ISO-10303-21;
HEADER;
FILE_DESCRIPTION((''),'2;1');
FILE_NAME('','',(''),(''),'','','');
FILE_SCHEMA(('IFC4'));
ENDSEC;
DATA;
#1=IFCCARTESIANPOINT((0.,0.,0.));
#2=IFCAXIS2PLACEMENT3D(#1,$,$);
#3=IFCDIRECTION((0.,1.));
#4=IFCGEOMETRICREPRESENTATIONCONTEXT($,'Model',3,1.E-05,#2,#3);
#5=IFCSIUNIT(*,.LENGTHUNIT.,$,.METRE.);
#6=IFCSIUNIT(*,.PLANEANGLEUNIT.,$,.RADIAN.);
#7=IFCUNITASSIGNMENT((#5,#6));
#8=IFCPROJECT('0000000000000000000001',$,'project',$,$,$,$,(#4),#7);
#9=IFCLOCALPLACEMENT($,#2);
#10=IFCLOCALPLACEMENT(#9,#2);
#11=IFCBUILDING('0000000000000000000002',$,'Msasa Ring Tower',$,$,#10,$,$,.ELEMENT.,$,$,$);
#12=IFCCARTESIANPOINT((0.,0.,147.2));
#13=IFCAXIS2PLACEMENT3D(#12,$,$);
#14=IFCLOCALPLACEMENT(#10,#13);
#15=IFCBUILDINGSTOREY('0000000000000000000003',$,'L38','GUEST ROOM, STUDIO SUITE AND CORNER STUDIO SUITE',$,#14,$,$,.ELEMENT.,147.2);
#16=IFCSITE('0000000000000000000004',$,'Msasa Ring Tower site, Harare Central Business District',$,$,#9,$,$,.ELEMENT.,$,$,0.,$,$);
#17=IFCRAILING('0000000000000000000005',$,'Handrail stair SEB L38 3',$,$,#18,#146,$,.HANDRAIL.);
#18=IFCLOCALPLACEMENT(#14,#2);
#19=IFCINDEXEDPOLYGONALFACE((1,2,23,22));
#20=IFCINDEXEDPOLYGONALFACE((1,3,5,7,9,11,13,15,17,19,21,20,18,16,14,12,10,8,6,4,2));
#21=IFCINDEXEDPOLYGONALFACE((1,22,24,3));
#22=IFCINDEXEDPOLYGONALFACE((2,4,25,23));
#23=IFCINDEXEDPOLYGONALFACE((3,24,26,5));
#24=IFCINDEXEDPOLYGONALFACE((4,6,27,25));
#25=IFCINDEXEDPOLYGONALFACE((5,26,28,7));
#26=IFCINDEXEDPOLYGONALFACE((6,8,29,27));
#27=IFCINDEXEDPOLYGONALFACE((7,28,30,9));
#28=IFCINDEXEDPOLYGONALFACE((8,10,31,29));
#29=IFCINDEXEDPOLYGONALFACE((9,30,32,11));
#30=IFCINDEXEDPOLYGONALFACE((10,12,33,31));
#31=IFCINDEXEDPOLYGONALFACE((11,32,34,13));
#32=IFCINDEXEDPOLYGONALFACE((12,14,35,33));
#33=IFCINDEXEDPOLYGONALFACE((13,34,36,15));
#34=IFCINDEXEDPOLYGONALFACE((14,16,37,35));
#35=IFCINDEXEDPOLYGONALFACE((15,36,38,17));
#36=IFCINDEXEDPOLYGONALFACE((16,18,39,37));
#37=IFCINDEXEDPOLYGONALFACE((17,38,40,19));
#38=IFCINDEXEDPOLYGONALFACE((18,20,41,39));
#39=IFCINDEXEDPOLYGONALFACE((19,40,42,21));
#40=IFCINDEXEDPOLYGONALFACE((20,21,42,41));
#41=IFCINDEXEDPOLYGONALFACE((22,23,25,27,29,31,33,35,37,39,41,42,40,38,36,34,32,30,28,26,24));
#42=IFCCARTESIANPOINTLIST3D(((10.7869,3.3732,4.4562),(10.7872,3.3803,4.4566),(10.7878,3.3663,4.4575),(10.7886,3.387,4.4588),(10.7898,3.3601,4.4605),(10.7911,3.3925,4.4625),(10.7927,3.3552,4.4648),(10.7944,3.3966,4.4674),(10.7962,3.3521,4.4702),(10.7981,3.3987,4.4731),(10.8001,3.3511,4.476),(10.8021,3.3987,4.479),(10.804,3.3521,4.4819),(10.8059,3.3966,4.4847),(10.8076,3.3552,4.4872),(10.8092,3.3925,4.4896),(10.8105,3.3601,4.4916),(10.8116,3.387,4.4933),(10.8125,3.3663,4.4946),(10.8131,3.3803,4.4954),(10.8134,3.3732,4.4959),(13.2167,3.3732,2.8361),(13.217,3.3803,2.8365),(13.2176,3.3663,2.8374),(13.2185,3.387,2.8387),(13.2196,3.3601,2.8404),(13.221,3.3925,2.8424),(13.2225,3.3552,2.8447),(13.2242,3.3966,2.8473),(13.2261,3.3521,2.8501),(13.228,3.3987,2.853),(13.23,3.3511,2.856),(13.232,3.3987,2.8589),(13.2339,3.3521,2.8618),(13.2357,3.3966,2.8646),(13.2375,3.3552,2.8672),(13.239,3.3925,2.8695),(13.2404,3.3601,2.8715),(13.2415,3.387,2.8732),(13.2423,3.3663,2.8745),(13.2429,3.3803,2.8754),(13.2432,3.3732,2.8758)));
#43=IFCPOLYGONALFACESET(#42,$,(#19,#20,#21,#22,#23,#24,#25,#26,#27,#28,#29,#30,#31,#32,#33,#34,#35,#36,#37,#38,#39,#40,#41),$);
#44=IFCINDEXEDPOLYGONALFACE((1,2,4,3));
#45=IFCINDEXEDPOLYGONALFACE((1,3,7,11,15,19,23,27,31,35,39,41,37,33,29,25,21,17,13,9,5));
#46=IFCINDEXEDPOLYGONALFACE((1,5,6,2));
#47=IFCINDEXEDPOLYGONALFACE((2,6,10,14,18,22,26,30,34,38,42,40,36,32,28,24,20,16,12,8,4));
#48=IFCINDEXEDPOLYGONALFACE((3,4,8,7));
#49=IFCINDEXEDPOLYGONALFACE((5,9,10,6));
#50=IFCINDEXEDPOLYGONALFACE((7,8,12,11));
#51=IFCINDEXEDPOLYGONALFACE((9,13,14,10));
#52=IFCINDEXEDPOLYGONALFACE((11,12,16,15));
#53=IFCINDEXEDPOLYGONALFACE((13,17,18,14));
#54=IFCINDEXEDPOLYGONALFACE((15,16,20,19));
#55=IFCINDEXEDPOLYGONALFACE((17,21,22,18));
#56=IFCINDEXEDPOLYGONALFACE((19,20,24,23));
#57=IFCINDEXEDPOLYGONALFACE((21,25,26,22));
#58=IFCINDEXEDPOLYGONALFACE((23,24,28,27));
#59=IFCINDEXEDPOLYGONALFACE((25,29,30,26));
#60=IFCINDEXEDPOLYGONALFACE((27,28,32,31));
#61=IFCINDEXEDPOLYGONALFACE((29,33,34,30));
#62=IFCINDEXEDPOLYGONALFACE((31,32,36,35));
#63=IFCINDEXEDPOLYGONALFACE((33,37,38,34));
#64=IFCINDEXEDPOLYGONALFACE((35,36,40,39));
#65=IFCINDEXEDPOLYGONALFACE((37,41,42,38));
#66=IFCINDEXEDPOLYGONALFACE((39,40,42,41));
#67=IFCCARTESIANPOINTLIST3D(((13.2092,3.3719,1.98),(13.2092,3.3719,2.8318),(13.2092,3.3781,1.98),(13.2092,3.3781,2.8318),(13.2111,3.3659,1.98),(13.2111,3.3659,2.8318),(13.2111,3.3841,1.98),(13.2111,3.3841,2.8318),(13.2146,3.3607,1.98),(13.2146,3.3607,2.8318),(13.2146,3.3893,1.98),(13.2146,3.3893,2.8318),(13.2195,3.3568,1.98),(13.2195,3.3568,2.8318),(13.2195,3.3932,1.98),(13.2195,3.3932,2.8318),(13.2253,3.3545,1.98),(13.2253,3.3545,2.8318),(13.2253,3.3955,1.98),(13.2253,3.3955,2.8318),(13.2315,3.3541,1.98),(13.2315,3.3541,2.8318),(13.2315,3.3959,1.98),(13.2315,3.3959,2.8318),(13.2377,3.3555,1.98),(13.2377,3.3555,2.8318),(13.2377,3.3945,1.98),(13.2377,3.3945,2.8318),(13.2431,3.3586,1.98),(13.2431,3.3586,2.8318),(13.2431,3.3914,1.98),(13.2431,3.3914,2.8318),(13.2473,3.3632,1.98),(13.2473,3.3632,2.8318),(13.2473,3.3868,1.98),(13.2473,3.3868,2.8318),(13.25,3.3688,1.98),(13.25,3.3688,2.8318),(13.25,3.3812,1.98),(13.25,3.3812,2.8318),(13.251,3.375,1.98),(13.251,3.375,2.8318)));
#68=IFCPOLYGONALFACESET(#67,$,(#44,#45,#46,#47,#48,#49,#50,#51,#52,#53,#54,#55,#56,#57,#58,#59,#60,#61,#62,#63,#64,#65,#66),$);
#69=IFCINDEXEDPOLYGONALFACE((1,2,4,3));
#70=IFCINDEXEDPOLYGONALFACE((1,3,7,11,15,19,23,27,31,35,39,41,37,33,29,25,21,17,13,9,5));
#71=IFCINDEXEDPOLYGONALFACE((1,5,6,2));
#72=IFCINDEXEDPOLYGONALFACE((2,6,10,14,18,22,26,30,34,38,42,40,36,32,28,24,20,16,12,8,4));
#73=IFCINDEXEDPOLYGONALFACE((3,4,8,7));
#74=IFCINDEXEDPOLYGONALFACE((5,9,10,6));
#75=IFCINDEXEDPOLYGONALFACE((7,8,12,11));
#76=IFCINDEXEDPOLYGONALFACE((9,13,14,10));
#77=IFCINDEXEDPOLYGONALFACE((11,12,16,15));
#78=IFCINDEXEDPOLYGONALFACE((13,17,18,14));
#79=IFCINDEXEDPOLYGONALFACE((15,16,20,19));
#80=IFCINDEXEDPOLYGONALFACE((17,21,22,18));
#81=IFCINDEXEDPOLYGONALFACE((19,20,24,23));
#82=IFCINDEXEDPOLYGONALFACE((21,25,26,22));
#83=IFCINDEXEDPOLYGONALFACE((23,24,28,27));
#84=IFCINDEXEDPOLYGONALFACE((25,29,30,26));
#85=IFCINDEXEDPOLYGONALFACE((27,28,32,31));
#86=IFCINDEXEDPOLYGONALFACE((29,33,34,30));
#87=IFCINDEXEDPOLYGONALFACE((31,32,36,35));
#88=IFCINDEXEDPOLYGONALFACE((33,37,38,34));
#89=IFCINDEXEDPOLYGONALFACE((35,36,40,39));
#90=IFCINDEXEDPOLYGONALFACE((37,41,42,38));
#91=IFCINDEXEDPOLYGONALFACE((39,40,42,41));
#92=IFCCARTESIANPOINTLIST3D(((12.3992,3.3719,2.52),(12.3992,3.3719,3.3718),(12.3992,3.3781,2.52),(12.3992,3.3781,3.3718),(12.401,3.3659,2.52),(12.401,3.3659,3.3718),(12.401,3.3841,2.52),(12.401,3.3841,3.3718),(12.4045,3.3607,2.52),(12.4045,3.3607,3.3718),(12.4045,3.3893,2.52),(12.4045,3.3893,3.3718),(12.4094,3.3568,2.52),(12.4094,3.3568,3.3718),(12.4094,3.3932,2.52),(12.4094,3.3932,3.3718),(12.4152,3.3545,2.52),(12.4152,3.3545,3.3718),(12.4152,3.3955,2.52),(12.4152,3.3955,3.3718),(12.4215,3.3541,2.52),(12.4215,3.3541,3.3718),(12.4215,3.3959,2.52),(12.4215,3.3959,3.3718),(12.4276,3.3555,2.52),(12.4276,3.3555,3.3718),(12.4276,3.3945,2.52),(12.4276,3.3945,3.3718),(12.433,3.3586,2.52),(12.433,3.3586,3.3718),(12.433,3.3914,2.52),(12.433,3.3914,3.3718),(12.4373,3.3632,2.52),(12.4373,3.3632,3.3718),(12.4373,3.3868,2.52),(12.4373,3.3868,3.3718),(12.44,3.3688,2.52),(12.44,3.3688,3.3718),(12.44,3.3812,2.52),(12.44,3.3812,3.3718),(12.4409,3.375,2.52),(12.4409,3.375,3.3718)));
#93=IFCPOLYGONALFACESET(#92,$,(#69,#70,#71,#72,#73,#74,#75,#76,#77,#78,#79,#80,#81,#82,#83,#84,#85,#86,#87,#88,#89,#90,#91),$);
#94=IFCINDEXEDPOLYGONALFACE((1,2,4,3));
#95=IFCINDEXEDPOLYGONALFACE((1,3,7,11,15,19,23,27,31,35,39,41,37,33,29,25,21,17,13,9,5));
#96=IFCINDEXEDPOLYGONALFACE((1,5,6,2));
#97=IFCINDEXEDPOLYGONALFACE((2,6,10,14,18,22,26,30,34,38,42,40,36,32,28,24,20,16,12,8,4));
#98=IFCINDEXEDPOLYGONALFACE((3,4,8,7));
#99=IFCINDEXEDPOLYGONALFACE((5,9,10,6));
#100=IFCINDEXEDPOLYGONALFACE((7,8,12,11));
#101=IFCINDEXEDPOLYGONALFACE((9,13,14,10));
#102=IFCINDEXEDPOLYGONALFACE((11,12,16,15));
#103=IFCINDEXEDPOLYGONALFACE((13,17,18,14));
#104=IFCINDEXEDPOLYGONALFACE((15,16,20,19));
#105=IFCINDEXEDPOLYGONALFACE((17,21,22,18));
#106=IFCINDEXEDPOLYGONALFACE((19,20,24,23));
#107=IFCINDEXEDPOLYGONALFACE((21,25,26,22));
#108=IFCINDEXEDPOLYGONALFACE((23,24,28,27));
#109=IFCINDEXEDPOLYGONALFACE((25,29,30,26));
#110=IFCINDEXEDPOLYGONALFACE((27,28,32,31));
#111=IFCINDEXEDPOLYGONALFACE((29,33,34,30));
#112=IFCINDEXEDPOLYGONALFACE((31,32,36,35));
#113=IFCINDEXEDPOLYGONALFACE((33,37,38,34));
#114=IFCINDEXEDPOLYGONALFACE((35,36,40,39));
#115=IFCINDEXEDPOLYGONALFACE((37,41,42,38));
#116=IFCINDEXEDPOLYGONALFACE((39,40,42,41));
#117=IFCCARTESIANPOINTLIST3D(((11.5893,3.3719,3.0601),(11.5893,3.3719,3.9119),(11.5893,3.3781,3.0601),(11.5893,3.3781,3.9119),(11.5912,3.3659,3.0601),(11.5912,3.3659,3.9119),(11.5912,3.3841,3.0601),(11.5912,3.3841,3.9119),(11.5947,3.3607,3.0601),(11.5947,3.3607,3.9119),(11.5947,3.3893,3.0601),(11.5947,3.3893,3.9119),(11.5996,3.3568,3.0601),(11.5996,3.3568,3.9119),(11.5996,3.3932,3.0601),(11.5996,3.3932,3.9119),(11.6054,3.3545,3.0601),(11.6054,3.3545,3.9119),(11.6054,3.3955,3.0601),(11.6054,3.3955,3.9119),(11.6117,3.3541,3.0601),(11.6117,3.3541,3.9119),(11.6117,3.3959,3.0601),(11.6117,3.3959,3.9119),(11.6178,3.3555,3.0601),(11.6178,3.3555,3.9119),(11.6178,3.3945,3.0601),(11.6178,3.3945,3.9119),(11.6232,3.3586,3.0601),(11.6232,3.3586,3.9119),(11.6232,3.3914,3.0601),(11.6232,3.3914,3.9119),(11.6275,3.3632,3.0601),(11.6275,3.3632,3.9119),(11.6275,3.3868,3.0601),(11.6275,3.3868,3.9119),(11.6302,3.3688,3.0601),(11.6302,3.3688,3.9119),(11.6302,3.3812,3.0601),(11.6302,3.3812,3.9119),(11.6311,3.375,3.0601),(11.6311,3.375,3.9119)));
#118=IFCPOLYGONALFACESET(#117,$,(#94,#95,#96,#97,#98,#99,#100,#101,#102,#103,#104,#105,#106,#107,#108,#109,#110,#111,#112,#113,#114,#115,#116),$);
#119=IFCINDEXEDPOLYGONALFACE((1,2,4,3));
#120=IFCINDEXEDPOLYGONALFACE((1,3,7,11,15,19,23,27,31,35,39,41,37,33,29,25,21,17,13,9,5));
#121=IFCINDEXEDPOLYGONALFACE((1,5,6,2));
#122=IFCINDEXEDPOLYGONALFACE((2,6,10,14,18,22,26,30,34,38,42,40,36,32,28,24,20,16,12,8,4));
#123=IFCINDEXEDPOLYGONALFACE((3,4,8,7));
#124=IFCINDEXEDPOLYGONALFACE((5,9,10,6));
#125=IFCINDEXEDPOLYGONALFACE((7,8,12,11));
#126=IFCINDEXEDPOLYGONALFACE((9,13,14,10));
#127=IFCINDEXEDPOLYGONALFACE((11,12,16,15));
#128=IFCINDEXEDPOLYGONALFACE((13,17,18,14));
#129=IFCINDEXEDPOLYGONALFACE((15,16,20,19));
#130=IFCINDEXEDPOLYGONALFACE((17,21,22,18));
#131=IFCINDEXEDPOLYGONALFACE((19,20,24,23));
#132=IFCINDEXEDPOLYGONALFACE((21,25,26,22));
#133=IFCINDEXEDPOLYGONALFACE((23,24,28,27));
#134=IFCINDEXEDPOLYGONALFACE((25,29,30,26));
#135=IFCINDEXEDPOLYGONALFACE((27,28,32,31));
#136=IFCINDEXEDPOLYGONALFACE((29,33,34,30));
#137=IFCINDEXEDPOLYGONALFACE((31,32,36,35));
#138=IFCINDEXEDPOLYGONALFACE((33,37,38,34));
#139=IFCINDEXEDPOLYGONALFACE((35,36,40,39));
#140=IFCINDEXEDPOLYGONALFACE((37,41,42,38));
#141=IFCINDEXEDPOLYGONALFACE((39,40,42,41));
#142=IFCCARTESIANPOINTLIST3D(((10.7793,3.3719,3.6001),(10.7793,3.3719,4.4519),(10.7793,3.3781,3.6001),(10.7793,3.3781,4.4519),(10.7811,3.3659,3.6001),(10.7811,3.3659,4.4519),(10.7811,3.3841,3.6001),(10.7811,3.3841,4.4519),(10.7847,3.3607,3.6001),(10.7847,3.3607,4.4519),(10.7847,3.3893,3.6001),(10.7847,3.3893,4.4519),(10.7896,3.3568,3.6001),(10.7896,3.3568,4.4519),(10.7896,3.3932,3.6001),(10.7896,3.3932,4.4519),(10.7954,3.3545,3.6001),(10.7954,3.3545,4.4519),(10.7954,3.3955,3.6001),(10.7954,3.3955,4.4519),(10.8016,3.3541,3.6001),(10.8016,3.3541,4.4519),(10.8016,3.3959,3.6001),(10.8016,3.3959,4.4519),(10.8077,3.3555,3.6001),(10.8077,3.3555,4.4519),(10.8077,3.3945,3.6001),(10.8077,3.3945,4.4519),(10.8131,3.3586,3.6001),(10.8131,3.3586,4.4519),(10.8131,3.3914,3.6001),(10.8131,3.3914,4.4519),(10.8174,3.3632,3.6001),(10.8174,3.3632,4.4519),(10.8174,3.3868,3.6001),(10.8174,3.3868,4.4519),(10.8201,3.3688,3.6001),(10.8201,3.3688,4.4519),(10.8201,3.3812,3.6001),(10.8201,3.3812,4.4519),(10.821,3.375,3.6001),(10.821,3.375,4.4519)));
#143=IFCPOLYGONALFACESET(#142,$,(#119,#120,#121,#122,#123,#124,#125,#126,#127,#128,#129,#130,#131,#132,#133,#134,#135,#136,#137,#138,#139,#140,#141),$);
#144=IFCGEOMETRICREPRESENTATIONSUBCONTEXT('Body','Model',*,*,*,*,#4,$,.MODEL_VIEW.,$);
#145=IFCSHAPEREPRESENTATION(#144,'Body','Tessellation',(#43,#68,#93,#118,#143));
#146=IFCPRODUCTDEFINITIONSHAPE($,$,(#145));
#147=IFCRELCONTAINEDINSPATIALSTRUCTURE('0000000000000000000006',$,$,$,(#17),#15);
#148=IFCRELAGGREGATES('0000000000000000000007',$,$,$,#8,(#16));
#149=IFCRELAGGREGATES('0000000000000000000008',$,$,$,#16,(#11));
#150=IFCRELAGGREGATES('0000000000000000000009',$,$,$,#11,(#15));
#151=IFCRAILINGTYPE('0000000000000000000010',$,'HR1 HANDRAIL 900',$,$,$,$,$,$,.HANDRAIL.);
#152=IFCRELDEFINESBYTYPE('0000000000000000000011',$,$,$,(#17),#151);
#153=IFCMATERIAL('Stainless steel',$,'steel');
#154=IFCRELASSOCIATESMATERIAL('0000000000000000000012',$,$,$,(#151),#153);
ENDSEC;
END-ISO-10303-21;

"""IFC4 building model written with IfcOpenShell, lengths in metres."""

from ifc_helpers import new_model, si_unit, direction, frame, origin, origin_2d, place, context, subcontext, project, spatial, circle, extrude, material, type_object, element, save


model = new_model("IFC4")

# Units and contexts
model_context = context("Model", 3, precision=1e-05, world=origin(), true_north=direction((0.0, 1.0)))
body_context = subcontext(model_context, "Body", "Model", "MODEL_VIEW")
ifc_project = project(units=[si_unit("LENGTHUNIT", "METRE"), si_unit("PLANEANGLEUNIT", "RADIAN")], contexts=[model_context])

# Site, building, storey
site_placement = place(None, origin())
site = spatial("IfcSite", under=ifc_project, at=site_placement, Name="Msasa Ring Tower site, Harare Central Business District", CompositionType="ELEMENT", RefElevation=0.0)
building_placement = place(site_placement, origin())
building = spatial("IfcBuilding", under=site, at=building_placement, Name="Msasa Ring Tower", CompositionType="ELEMENT")
storey_placement = place(building_placement, frame((0.0, 0.0, 147.2)))
storey = spatial("IfcBuildingStorey", under=building, at=storey_placement, Name="L38", Description="GUEST ROOM, STUDIO SUITE AND CORNER STUDIO SUITE", CompositionType="ELEMENT", Elevation=147.2)

# Railing
ifc_material_1 = material(Name="Stainless steel", Category="steel")
railing_type = type_object("IfcRailingType", Name="HR1 HANDRAIL 900", PredefinedType="HANDRAIL", material=ifc_material_1)
for number, where, name in (
    (1, (13.23, 3.375, 1.98), "Handrail stair SEB L38 3"),
):
    element("IfcRailing", number, at=place(storey_placement, frame(where)), inside=storey, type_object=railing_type, Name=name, PredefinedType="HANDRAIL", context=body_context, shape_type="SweptSolid", body=[
        extrude(circle(Radius=0.0239, at=origin_2d()), frame((0.0, 0.0, 0.876), z_axis=(-0.832025, 0.0, 0.554739), x_axis=(0.0, -1.0, 0.0)), (0.0, 0.0, 1.0), 2.9204),
        extrude(circle(Radius=0.021, at=origin_2d()), origin(), (0.0, 0.0, 1.0), 0.8518),
        extrude(circle(Radius=0.021, at=origin_2d()), frame((-0.8101, 0.0, 0.54)), (0.0, 0.0, 1.0), 0.8518),
        extrude(circle(Radius=0.021, at=origin_2d()), frame((-1.6199, 0.0, 1.0801)), (0.0, 0.0, 1.0), 0.8518),
        extrude(circle(Radius=0.021, at=origin_2d()), frame((-2.4299, 0.0, 1.6201)), (0.0, 0.0, 1.0), 0.8518),
    ])

save(model, "model.ifc")
